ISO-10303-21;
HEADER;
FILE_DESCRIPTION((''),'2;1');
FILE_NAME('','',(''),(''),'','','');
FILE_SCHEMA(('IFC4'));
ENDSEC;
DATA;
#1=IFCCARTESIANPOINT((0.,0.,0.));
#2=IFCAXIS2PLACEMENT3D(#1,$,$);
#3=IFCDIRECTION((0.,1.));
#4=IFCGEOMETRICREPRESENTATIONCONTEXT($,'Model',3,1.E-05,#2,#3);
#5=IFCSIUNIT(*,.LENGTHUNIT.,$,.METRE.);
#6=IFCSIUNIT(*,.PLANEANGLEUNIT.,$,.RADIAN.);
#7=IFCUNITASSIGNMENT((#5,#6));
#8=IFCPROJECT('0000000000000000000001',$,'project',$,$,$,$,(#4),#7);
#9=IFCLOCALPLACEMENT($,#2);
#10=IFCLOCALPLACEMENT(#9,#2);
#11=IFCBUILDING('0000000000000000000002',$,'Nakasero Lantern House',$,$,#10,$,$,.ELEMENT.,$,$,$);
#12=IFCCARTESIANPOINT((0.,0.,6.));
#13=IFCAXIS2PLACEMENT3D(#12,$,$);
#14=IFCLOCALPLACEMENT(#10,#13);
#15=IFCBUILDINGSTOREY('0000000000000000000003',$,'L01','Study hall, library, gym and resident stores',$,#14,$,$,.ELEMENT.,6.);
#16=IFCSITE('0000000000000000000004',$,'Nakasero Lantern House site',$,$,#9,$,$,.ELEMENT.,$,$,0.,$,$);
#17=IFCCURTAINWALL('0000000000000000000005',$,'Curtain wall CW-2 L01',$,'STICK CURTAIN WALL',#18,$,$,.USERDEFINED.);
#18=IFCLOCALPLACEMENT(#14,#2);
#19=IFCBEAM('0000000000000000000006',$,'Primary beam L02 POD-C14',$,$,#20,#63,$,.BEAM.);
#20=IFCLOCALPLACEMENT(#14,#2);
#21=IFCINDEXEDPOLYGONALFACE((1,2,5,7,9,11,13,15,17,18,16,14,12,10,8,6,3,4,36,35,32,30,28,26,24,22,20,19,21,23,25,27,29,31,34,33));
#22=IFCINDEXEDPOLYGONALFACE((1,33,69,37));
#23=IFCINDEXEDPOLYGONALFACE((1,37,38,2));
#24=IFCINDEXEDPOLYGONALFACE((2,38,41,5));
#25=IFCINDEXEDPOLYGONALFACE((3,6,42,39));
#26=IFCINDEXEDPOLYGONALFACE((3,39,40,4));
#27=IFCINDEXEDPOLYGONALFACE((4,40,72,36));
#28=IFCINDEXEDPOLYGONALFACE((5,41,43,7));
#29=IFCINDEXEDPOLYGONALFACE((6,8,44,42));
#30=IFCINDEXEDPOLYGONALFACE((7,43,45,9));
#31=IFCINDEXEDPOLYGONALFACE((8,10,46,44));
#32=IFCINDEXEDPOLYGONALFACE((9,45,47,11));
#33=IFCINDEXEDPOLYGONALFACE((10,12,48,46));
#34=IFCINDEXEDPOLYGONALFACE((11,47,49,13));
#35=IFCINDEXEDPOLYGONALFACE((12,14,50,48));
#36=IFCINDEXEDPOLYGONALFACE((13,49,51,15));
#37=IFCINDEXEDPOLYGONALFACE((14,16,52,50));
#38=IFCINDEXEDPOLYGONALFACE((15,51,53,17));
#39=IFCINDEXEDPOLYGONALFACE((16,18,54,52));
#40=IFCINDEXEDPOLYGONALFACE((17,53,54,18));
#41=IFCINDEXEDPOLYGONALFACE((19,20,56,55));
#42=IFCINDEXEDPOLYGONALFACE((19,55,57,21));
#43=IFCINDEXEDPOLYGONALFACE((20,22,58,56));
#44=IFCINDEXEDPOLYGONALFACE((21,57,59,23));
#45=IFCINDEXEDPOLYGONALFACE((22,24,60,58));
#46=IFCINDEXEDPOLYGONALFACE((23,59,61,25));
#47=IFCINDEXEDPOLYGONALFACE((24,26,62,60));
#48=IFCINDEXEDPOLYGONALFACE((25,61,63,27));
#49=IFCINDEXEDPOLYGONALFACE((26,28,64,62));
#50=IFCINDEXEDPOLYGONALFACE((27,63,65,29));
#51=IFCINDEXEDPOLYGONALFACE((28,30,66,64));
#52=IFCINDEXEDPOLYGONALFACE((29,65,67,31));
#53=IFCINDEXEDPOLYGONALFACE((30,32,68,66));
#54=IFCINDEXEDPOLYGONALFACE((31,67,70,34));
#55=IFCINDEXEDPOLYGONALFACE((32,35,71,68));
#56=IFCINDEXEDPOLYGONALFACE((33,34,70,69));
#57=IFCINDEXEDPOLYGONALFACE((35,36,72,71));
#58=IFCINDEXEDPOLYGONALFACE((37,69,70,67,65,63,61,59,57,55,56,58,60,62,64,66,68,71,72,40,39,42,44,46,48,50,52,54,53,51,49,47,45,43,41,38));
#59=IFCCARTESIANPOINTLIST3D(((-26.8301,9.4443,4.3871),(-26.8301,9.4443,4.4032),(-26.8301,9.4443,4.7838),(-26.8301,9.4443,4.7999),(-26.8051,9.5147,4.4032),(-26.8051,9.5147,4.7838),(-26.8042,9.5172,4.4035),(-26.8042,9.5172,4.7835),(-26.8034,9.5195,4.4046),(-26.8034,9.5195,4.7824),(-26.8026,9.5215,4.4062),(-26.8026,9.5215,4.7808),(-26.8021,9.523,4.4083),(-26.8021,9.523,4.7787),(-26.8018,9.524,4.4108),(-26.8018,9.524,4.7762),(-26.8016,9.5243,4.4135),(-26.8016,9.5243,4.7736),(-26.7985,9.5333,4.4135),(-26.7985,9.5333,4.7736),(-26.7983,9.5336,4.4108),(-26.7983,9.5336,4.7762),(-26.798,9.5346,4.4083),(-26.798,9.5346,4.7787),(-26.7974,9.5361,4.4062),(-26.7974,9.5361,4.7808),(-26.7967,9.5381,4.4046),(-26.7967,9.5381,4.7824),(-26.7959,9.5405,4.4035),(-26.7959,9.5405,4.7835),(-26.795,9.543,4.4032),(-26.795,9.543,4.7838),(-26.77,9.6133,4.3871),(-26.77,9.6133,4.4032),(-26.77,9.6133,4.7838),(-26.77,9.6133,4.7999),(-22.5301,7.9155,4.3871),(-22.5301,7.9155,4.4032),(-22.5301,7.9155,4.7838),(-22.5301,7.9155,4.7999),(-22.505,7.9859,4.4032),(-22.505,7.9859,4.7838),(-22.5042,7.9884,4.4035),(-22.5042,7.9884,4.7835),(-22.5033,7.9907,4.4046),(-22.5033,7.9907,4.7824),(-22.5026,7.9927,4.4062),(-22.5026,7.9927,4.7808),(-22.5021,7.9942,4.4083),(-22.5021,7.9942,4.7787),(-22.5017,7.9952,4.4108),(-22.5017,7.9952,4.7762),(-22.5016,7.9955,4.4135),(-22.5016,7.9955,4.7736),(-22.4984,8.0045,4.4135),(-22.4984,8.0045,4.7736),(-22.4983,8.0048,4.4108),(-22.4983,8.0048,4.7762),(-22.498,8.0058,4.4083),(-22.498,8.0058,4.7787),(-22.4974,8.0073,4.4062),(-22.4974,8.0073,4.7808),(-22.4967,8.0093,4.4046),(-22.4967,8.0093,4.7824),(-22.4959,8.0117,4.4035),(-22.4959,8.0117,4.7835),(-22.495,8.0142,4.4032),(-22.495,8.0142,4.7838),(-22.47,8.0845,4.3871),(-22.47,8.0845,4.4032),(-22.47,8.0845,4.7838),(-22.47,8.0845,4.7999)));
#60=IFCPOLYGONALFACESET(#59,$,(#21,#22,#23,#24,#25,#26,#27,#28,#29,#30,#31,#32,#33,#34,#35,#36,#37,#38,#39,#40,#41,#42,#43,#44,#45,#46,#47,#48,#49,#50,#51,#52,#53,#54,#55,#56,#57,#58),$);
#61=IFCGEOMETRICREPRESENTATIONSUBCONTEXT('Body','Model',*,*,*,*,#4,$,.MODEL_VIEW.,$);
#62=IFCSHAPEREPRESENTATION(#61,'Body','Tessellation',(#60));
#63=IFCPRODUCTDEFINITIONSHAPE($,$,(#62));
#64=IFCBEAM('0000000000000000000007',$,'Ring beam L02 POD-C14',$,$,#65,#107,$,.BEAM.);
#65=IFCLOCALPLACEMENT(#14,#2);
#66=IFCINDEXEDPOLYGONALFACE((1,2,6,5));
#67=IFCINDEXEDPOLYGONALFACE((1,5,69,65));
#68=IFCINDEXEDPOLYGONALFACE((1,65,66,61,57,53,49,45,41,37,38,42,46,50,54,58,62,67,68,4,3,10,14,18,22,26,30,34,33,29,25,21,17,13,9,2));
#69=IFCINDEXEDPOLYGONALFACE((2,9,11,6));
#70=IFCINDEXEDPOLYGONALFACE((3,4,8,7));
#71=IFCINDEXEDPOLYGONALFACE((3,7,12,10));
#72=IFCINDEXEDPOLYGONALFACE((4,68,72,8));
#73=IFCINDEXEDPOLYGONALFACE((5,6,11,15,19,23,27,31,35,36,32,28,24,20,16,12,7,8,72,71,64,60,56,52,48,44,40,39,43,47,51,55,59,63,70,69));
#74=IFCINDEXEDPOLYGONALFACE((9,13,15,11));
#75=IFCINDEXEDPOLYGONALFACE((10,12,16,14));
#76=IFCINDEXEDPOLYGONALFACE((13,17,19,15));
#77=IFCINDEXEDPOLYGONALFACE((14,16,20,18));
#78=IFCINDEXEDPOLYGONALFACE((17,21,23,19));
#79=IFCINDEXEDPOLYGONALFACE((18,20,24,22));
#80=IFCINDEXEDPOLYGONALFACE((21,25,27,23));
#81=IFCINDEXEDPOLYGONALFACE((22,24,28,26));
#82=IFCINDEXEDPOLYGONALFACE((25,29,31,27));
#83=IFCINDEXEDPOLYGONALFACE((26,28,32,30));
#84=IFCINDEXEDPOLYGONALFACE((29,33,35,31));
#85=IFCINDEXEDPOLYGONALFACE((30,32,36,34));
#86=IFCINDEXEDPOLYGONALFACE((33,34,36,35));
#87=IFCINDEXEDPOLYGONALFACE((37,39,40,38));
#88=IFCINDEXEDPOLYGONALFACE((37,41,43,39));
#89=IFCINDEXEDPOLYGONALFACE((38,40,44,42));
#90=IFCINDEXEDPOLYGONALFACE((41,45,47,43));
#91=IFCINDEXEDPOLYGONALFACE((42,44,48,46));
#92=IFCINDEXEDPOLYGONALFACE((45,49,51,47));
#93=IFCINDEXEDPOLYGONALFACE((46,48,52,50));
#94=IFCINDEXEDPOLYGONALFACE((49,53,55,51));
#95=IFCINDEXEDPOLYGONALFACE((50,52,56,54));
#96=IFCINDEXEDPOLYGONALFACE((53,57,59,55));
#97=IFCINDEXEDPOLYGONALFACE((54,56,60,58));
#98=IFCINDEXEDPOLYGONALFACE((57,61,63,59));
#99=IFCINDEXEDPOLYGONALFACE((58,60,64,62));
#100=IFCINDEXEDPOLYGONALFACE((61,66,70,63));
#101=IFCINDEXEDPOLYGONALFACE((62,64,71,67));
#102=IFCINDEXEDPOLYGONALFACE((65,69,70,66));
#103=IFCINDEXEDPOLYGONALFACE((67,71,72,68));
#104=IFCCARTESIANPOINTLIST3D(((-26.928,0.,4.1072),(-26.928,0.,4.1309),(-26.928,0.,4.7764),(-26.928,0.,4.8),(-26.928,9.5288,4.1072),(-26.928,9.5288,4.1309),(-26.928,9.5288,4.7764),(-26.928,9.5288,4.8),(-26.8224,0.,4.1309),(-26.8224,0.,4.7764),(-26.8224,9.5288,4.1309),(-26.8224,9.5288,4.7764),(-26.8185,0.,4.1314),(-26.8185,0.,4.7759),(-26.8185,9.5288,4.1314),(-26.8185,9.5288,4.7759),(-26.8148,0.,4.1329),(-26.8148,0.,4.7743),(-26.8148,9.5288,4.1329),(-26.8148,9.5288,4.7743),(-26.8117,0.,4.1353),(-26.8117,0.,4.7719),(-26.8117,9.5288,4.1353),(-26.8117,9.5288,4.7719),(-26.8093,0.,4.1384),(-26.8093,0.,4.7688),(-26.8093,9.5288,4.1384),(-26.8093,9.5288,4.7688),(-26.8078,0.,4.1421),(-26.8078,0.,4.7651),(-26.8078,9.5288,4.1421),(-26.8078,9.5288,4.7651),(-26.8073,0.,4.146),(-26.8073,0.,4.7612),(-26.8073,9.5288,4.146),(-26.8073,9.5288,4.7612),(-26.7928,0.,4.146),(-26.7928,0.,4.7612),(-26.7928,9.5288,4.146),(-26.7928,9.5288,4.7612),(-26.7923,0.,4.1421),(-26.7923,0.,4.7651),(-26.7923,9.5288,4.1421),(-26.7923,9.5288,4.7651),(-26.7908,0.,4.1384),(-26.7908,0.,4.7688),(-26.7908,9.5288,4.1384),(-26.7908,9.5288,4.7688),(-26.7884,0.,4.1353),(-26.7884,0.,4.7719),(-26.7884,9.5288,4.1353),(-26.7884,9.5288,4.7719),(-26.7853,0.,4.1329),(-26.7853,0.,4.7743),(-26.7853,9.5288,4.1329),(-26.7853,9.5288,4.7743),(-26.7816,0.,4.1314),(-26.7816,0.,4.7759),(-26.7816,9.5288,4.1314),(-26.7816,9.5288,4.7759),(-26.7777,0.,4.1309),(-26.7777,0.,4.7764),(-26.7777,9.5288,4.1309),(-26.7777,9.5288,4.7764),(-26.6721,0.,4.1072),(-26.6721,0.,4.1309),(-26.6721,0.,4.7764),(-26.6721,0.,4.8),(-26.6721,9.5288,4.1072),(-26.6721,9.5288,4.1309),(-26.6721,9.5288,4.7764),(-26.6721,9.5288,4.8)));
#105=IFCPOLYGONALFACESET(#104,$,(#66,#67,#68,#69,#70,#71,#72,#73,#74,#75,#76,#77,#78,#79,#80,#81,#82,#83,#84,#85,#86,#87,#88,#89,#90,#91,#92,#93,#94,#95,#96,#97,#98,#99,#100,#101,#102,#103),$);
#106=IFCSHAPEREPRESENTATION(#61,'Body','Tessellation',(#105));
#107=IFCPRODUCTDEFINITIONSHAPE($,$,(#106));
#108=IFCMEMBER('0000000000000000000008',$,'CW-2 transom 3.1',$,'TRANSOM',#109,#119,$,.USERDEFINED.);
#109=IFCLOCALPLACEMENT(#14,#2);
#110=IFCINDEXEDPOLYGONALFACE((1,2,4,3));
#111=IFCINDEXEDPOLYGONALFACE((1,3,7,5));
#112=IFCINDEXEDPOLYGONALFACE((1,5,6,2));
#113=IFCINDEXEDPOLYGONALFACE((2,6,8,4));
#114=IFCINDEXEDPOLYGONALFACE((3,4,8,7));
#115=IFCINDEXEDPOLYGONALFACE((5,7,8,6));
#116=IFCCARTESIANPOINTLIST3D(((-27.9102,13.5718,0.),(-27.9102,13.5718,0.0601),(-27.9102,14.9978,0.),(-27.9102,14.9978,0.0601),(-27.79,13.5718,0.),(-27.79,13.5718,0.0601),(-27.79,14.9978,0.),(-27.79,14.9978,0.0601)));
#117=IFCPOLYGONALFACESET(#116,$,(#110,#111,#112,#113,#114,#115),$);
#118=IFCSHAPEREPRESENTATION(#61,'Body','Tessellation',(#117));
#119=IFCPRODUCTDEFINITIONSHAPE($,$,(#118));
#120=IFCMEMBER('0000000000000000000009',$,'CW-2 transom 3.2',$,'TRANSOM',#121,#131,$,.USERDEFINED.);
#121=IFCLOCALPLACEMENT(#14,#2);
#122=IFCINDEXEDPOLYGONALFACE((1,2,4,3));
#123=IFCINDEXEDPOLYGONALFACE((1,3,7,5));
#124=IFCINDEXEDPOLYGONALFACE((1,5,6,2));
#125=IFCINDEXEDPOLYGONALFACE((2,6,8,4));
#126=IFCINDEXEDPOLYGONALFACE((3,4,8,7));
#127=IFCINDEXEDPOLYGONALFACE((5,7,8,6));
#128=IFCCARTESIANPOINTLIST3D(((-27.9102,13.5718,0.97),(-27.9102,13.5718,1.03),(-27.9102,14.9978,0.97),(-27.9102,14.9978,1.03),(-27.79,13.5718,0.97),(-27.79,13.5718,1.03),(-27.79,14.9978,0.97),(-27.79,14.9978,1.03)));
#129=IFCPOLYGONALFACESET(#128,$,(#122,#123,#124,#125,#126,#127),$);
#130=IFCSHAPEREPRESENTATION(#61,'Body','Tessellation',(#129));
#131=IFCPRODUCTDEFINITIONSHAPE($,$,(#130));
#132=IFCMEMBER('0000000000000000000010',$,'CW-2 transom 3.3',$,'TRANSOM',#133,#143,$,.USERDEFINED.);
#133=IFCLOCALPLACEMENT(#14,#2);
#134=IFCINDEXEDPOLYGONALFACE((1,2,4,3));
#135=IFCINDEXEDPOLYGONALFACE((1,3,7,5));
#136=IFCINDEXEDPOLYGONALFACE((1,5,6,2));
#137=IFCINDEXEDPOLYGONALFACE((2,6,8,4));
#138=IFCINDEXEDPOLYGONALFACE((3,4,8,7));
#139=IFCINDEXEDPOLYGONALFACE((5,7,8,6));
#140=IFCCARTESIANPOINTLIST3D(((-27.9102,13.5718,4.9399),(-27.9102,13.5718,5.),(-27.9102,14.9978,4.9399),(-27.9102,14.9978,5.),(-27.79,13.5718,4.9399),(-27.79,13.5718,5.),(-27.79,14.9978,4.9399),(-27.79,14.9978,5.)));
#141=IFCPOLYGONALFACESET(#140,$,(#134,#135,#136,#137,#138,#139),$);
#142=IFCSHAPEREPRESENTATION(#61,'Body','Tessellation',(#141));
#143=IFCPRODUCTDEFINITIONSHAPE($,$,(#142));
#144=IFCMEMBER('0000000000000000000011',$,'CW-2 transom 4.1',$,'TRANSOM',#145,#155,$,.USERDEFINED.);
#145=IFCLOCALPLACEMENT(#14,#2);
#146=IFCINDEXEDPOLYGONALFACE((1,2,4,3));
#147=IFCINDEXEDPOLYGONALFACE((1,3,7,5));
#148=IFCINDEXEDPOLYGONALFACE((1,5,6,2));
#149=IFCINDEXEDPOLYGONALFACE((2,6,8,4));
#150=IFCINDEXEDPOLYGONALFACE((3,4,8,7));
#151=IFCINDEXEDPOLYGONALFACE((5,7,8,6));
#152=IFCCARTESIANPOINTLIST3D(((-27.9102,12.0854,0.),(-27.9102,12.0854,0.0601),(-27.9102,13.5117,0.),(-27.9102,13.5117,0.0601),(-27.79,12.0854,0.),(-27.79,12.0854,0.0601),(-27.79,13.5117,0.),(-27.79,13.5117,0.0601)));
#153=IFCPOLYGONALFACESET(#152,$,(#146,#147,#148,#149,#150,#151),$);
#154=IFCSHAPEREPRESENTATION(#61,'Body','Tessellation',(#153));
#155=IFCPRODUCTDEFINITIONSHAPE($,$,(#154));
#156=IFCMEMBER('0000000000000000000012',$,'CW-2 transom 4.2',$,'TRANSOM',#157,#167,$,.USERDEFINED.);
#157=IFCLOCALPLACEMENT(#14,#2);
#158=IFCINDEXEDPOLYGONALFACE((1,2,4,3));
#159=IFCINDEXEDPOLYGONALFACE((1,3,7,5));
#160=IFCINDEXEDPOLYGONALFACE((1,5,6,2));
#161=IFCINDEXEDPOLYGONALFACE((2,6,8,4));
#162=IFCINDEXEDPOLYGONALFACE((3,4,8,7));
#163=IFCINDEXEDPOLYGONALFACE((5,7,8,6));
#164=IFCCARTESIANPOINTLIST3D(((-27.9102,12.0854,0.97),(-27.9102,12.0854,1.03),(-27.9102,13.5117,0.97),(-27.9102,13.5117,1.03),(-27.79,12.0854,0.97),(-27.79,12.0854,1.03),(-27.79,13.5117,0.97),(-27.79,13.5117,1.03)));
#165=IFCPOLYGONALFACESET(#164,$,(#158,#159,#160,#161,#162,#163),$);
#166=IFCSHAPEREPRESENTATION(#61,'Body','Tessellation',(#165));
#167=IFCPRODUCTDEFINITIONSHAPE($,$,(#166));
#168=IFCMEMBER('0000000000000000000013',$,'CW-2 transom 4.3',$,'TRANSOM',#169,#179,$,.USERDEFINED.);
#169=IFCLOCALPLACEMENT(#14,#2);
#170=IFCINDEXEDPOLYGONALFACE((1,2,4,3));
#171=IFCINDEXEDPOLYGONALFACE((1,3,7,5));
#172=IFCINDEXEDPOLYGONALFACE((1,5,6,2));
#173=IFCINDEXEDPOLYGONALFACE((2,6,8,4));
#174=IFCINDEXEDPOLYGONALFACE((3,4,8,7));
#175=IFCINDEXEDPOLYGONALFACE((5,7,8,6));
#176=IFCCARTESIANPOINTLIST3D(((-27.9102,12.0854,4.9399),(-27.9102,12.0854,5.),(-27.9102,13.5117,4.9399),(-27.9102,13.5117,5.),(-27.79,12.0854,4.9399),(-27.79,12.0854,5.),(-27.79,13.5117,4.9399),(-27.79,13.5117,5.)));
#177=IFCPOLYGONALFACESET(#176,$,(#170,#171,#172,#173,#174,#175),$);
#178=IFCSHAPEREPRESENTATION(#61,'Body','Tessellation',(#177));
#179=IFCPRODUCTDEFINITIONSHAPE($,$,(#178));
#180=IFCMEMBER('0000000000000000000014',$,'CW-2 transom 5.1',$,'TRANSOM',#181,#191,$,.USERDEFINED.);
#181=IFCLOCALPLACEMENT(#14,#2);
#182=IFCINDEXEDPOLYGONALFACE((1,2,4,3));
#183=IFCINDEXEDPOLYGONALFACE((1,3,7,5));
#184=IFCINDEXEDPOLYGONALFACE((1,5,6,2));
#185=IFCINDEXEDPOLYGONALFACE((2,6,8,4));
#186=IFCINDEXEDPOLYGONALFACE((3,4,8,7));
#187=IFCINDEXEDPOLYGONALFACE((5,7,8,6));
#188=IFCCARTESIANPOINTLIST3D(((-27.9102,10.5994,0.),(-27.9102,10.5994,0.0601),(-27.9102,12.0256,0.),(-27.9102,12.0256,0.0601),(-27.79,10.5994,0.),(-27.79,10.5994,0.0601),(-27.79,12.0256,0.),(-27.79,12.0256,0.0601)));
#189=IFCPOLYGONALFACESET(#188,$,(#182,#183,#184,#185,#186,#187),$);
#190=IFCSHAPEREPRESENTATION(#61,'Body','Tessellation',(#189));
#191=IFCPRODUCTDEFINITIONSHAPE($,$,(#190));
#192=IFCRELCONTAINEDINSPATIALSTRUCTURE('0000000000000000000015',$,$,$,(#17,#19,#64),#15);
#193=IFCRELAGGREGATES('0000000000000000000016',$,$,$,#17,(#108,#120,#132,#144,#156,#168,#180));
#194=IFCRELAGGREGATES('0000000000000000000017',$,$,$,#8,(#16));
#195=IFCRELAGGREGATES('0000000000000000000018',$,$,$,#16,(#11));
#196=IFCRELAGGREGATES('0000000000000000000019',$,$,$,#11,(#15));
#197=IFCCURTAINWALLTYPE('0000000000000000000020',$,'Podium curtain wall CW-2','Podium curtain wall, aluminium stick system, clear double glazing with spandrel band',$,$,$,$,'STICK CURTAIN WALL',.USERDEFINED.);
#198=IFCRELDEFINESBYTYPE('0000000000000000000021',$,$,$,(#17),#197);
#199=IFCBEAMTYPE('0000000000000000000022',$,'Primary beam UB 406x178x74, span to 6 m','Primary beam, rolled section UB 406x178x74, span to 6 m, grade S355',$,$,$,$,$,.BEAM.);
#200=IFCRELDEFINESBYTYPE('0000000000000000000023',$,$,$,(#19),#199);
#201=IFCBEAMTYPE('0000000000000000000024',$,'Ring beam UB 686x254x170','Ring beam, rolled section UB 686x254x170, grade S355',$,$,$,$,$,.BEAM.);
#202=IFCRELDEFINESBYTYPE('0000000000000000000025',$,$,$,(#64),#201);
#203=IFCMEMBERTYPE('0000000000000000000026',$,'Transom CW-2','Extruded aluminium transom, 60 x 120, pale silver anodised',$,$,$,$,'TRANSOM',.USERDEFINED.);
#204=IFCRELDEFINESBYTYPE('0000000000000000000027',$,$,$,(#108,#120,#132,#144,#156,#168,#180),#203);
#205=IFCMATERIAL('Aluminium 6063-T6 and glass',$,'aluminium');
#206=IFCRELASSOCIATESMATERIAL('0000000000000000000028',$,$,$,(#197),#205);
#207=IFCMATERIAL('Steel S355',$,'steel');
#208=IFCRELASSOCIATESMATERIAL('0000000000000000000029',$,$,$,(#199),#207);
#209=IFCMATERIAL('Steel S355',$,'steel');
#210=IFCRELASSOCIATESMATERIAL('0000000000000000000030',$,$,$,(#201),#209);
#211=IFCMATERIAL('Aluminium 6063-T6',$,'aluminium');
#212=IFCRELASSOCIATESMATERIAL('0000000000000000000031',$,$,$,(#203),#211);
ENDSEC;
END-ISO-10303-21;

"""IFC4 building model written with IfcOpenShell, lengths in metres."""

from ifc_helpers import new_model, si_unit, direction, frame, origin, origin_2d, place, context, subcontext, project, spatial, rectangle, i_section, extrude, material, material_profile, profile_set, type_object, element, aggregate, save


model = new_model("IFC4")

# Units and contexts
model_context = context("Model", 3, precision=1e-05, world=origin(), true_north=direction((0.0, 1.0)))
body_context = subcontext(model_context, "Body", "Model", "MODEL_VIEW")
ifc_project = project(units=[si_unit("LENGTHUNIT", "METRE"), si_unit("PLANEANGLEUNIT", "RADIAN")], contexts=[model_context])

# Site, building, storey
site_placement = place(None, origin())
site = spatial("IfcSite", under=ifc_project, at=site_placement, Name="Nakasero Lantern House site", CompositionType="ELEMENT", RefElevation=0.0)
building_placement = place(site_placement, origin())
building = spatial("IfcBuilding", under=site, at=building_placement, Name="Nakasero Lantern House", CompositionType="ELEMENT")
storey_placement = place(building_placement, frame((0.0, 0.0, 6.0)))
storey = spatial("IfcBuildingStorey", under=building, at=storey_placement, Name="L01", Description="Study hall, library, gym and resident stores", CompositionType="ELEMENT", Elevation=6.0)

# Curtain wall
ifc_material_1 = material(Name="Aluminium 6063-T6 and glass", Category="aluminium")
curtain_wall_type = type_object("IfcCurtainWallType", Name="Podium curtain wall CW-2", Description="Podium curtain wall, aluminium stick system, clear double glazing with spandrel band", ElementType="STICK CURTAIN WALL", PredefinedType="USERDEFINED", material=ifc_material_1)
curtain_wall_placement = place(storey_placement, origin())
curtain_wall = element("IfcCurtainWall", 1, at=curtain_wall_placement, inside=storey, type_object=curtain_wall_type, Name="Curtain wall CW-2 L01", ObjectType="STICK CURTAIN WALL", PredefinedType="USERDEFINED")

# Beams
ifc_material_2 = material(Name="Steel S355", Category="steel")
ifc_material_profile_1 = material_profile(ifc_material_2, i_section(OverallWidth=0.1794, OverallDepth=0.4128, WebThickness=0.0095, FlangeThickness=0.0161, FilletRadius=0.0103, at=origin_2d()), Name="UB 406x178x74")
ifc_profile_set_1 = profile_set([ifc_material_profile_1], Name="Steel S355")
beam_type_1 = type_object("IfcBeamType", Name="Primary beam UB 406x178x74, span to 6 m", Description="Primary beam, rolled section UB 406x178x74, span to 6 m, grade S355", PredefinedType="BEAM", material=ifc_profile_set_1)
beam_1_placement = place(storey_placement, frame((-26.8, 9.5288, 4.5935), z_axis=(0.942221, -0.334991, 0.0), x_axis=(0.334991, 0.942221, 0.0)))
element("IfcBeam", 2, at=beam_1_placement, inside=storey, type_object=beam_type_1, Name="Primary beam L02 POD-C14", PredefinedType="BEAM", context=body_context, shape_type="SweptSolid", body=[
    extrude(i_section(OverallWidth=0.1794, OverallDepth=0.4128, WebThickness=0.0095, FlangeThickness=0.0161, FilletRadius=0.0103, at=origin_2d()), origin(), (0.0, 0.0, 1.0), 4.5637),
])
ifc_material_3 = material(Name="Steel S355", Category="steel")
ifc_material_profile_2 = material_profile(ifc_material_3, i_section(OverallWidth=0.2559, OverallDepth=0.6929, WebThickness=0.0144, FlangeThickness=0.0237, FilletRadius=0.0151, at=origin_2d()), Name="UB 686x254x170")
ifc_profile_set_2 = profile_set([ifc_material_profile_2], Name="Steel S355")
beam_type_2 = type_object("IfcBeamType", Name="Ring beam UB 686x254x170", Description="Ring beam, rolled section UB 686x254x170, grade S355", PredefinedType="BEAM", material=ifc_profile_set_2)
beam_2_placement = place(storey_placement, frame((-26.8, 9.5288, 4.4536), z_axis=(0.0, -1.0, 0.0), x_axis=(1.0, 0.0, 0.0)))
element("IfcBeam", 3, at=beam_2_placement, inside=storey, type_object=beam_type_2, Name="Ring beam L02 POD-C14", PredefinedType="BEAM", context=body_context, shape_type="SweptSolid", body=[
    extrude(i_section(OverallWidth=0.2559, OverallDepth=0.6929, WebThickness=0.0144, FlangeThickness=0.0237, FilletRadius=0.0151, at=origin_2d()), origin(), (0.0, 0.0, 1.0), 9.5288),
])

# Members
ifc_material_4 = material(Name="Aluminium 6063-T6", Category="aluminium")
ifc_material_profile_3 = material_profile(ifc_material_4, rectangle(XDim=0.0601, YDim=0.1201, at=origin_2d()), Name="CW-2 transom 60x120")
ifc_profile_set_3 = profile_set([ifc_material_profile_3], Name="Aluminium 6063-T6")
member_type_1 = type_object("IfcMemberType", Name="Transom CW-2", Description="Extruded aluminium transom, 60 x 120, pale silver anodised", ElementType="TRANSOM", PredefinedType="USERDEFINED", material=ifc_profile_set_3)
member_1_placement = place(storey_placement, frame((-27.8501, 14.9978, 0.03), z_axis=(0.0, -1.0, 0.0), x_axis=(0.0, 0.0, 1.0)))
member_1 = element("IfcMember", 4, at=member_1_placement, type_object=member_type_1, Name="CW-2 transom 3.1", ObjectType="TRANSOM", PredefinedType="USERDEFINED", context=body_context, shape_type="SweptSolid", body=[
    extrude(rectangle(XDim=0.0601, YDim=0.1201, at=origin_2d()), origin(), (0.0, 0.0, 1.0), 1.426),
])
member_2_placement = place(storey_placement, frame((-27.8501, 14.9978, 1.0), z_axis=(0.0, -1.0, 0.0), x_axis=(0.0, 0.0, 1.0)))
member_2 = element("IfcMember", 5, at=member_2_placement, type_object=member_type_1, Name="CW-2 transom 3.2", ObjectType="TRANSOM", PredefinedType="USERDEFINED", context=body_context, shape_type="SweptSolid", body=[
    extrude(rectangle(XDim=0.0601, YDim=0.1201, at=origin_2d()), origin(), (0.0, 0.0, 1.0), 1.426),
])
member_3_placement = place(storey_placement, frame((-27.8501, 14.9978, 4.97), z_axis=(0.0, -1.0, 0.0), x_axis=(0.0, 0.0, 1.0)))
member_3 = element("IfcMember", 6, at=member_3_placement, type_object=member_type_1, Name="CW-2 transom 3.3", ObjectType="TRANSOM", PredefinedType="USERDEFINED", context=body_context, shape_type="SweptSolid", body=[
    extrude(rectangle(XDim=0.0601, YDim=0.1201, at=origin_2d()), origin(), (0.0, 0.0, 1.0), 1.426),
])
member_4_placement = place(storey_placement, frame((-27.8501, 13.5117, 0.03), z_axis=(0.0, -1.0, 0.0), x_axis=(0.0, 0.0, 1.0)))
member_4 = element("IfcMember", 7, at=member_4_placement, type_object=member_type_1, Name="CW-2 transom 4.1", ObjectType="TRANSOM", PredefinedType="USERDEFINED", context=body_context, shape_type="SweptSolid", body=[
    extrude(rectangle(XDim=0.0601, YDim=0.1201, at=origin_2d()), origin(), (0.0, 0.0, 1.0), 1.4263),
])
member_5_placement = place(storey_placement, frame((-27.8501, 13.5117, 1.0), z_axis=(0.0, -1.0, 0.0), x_axis=(0.0, 0.0, 1.0)))
member_5 = element("IfcMember", 8, at=member_5_placement, type_object=member_type_1, Name="CW-2 transom 4.2", ObjectType="TRANSOM", PredefinedType="USERDEFINED", context=body_context, shape_type="SweptSolid", body=[
    extrude(rectangle(XDim=0.0601, YDim=0.1201, at=origin_2d()), origin(), (0.0, 0.0, 1.0), 1.4263),
])
member_6_placement = place(storey_placement, frame((-27.8501, 13.5117, 4.97), z_axis=(0.0, -1.0, 0.0), x_axis=(0.0, 0.0, 1.0)))
member_6 = element("IfcMember", 9, at=member_6_placement, type_object=member_type_1, Name="CW-2 transom 4.3", ObjectType="TRANSOM", PredefinedType="USERDEFINED", context=body_context, shape_type="SweptSolid", body=[
    extrude(rectangle(XDim=0.0601, YDim=0.1201, at=origin_2d()), origin(), (0.0, 0.0, 1.0), 1.4263),
])
member_7_placement = place(storey_placement, frame((-27.8501, 12.0256, 0.03), z_axis=(0.0, -1.0, 0.0), x_axis=(0.0, 0.0, 1.0)))
member_7 = element("IfcMember", 10, at=member_7_placement, type_object=member_type_1, Name="CW-2 transom 5.1", ObjectType="TRANSOM", PredefinedType="USERDEFINED", context=body_context, shape_type="SweptSolid", body=[
    extrude(rectangle(XDim=0.0601, YDim=0.1201, at=origin_2d()), origin(), (0.0, 0.0, 1.0), 1.4263),
])

aggregate(curtain_wall, [member_1, member_2, member_3, member_4, member_5, member_6, member_7])

save(model, "model.ifc")
